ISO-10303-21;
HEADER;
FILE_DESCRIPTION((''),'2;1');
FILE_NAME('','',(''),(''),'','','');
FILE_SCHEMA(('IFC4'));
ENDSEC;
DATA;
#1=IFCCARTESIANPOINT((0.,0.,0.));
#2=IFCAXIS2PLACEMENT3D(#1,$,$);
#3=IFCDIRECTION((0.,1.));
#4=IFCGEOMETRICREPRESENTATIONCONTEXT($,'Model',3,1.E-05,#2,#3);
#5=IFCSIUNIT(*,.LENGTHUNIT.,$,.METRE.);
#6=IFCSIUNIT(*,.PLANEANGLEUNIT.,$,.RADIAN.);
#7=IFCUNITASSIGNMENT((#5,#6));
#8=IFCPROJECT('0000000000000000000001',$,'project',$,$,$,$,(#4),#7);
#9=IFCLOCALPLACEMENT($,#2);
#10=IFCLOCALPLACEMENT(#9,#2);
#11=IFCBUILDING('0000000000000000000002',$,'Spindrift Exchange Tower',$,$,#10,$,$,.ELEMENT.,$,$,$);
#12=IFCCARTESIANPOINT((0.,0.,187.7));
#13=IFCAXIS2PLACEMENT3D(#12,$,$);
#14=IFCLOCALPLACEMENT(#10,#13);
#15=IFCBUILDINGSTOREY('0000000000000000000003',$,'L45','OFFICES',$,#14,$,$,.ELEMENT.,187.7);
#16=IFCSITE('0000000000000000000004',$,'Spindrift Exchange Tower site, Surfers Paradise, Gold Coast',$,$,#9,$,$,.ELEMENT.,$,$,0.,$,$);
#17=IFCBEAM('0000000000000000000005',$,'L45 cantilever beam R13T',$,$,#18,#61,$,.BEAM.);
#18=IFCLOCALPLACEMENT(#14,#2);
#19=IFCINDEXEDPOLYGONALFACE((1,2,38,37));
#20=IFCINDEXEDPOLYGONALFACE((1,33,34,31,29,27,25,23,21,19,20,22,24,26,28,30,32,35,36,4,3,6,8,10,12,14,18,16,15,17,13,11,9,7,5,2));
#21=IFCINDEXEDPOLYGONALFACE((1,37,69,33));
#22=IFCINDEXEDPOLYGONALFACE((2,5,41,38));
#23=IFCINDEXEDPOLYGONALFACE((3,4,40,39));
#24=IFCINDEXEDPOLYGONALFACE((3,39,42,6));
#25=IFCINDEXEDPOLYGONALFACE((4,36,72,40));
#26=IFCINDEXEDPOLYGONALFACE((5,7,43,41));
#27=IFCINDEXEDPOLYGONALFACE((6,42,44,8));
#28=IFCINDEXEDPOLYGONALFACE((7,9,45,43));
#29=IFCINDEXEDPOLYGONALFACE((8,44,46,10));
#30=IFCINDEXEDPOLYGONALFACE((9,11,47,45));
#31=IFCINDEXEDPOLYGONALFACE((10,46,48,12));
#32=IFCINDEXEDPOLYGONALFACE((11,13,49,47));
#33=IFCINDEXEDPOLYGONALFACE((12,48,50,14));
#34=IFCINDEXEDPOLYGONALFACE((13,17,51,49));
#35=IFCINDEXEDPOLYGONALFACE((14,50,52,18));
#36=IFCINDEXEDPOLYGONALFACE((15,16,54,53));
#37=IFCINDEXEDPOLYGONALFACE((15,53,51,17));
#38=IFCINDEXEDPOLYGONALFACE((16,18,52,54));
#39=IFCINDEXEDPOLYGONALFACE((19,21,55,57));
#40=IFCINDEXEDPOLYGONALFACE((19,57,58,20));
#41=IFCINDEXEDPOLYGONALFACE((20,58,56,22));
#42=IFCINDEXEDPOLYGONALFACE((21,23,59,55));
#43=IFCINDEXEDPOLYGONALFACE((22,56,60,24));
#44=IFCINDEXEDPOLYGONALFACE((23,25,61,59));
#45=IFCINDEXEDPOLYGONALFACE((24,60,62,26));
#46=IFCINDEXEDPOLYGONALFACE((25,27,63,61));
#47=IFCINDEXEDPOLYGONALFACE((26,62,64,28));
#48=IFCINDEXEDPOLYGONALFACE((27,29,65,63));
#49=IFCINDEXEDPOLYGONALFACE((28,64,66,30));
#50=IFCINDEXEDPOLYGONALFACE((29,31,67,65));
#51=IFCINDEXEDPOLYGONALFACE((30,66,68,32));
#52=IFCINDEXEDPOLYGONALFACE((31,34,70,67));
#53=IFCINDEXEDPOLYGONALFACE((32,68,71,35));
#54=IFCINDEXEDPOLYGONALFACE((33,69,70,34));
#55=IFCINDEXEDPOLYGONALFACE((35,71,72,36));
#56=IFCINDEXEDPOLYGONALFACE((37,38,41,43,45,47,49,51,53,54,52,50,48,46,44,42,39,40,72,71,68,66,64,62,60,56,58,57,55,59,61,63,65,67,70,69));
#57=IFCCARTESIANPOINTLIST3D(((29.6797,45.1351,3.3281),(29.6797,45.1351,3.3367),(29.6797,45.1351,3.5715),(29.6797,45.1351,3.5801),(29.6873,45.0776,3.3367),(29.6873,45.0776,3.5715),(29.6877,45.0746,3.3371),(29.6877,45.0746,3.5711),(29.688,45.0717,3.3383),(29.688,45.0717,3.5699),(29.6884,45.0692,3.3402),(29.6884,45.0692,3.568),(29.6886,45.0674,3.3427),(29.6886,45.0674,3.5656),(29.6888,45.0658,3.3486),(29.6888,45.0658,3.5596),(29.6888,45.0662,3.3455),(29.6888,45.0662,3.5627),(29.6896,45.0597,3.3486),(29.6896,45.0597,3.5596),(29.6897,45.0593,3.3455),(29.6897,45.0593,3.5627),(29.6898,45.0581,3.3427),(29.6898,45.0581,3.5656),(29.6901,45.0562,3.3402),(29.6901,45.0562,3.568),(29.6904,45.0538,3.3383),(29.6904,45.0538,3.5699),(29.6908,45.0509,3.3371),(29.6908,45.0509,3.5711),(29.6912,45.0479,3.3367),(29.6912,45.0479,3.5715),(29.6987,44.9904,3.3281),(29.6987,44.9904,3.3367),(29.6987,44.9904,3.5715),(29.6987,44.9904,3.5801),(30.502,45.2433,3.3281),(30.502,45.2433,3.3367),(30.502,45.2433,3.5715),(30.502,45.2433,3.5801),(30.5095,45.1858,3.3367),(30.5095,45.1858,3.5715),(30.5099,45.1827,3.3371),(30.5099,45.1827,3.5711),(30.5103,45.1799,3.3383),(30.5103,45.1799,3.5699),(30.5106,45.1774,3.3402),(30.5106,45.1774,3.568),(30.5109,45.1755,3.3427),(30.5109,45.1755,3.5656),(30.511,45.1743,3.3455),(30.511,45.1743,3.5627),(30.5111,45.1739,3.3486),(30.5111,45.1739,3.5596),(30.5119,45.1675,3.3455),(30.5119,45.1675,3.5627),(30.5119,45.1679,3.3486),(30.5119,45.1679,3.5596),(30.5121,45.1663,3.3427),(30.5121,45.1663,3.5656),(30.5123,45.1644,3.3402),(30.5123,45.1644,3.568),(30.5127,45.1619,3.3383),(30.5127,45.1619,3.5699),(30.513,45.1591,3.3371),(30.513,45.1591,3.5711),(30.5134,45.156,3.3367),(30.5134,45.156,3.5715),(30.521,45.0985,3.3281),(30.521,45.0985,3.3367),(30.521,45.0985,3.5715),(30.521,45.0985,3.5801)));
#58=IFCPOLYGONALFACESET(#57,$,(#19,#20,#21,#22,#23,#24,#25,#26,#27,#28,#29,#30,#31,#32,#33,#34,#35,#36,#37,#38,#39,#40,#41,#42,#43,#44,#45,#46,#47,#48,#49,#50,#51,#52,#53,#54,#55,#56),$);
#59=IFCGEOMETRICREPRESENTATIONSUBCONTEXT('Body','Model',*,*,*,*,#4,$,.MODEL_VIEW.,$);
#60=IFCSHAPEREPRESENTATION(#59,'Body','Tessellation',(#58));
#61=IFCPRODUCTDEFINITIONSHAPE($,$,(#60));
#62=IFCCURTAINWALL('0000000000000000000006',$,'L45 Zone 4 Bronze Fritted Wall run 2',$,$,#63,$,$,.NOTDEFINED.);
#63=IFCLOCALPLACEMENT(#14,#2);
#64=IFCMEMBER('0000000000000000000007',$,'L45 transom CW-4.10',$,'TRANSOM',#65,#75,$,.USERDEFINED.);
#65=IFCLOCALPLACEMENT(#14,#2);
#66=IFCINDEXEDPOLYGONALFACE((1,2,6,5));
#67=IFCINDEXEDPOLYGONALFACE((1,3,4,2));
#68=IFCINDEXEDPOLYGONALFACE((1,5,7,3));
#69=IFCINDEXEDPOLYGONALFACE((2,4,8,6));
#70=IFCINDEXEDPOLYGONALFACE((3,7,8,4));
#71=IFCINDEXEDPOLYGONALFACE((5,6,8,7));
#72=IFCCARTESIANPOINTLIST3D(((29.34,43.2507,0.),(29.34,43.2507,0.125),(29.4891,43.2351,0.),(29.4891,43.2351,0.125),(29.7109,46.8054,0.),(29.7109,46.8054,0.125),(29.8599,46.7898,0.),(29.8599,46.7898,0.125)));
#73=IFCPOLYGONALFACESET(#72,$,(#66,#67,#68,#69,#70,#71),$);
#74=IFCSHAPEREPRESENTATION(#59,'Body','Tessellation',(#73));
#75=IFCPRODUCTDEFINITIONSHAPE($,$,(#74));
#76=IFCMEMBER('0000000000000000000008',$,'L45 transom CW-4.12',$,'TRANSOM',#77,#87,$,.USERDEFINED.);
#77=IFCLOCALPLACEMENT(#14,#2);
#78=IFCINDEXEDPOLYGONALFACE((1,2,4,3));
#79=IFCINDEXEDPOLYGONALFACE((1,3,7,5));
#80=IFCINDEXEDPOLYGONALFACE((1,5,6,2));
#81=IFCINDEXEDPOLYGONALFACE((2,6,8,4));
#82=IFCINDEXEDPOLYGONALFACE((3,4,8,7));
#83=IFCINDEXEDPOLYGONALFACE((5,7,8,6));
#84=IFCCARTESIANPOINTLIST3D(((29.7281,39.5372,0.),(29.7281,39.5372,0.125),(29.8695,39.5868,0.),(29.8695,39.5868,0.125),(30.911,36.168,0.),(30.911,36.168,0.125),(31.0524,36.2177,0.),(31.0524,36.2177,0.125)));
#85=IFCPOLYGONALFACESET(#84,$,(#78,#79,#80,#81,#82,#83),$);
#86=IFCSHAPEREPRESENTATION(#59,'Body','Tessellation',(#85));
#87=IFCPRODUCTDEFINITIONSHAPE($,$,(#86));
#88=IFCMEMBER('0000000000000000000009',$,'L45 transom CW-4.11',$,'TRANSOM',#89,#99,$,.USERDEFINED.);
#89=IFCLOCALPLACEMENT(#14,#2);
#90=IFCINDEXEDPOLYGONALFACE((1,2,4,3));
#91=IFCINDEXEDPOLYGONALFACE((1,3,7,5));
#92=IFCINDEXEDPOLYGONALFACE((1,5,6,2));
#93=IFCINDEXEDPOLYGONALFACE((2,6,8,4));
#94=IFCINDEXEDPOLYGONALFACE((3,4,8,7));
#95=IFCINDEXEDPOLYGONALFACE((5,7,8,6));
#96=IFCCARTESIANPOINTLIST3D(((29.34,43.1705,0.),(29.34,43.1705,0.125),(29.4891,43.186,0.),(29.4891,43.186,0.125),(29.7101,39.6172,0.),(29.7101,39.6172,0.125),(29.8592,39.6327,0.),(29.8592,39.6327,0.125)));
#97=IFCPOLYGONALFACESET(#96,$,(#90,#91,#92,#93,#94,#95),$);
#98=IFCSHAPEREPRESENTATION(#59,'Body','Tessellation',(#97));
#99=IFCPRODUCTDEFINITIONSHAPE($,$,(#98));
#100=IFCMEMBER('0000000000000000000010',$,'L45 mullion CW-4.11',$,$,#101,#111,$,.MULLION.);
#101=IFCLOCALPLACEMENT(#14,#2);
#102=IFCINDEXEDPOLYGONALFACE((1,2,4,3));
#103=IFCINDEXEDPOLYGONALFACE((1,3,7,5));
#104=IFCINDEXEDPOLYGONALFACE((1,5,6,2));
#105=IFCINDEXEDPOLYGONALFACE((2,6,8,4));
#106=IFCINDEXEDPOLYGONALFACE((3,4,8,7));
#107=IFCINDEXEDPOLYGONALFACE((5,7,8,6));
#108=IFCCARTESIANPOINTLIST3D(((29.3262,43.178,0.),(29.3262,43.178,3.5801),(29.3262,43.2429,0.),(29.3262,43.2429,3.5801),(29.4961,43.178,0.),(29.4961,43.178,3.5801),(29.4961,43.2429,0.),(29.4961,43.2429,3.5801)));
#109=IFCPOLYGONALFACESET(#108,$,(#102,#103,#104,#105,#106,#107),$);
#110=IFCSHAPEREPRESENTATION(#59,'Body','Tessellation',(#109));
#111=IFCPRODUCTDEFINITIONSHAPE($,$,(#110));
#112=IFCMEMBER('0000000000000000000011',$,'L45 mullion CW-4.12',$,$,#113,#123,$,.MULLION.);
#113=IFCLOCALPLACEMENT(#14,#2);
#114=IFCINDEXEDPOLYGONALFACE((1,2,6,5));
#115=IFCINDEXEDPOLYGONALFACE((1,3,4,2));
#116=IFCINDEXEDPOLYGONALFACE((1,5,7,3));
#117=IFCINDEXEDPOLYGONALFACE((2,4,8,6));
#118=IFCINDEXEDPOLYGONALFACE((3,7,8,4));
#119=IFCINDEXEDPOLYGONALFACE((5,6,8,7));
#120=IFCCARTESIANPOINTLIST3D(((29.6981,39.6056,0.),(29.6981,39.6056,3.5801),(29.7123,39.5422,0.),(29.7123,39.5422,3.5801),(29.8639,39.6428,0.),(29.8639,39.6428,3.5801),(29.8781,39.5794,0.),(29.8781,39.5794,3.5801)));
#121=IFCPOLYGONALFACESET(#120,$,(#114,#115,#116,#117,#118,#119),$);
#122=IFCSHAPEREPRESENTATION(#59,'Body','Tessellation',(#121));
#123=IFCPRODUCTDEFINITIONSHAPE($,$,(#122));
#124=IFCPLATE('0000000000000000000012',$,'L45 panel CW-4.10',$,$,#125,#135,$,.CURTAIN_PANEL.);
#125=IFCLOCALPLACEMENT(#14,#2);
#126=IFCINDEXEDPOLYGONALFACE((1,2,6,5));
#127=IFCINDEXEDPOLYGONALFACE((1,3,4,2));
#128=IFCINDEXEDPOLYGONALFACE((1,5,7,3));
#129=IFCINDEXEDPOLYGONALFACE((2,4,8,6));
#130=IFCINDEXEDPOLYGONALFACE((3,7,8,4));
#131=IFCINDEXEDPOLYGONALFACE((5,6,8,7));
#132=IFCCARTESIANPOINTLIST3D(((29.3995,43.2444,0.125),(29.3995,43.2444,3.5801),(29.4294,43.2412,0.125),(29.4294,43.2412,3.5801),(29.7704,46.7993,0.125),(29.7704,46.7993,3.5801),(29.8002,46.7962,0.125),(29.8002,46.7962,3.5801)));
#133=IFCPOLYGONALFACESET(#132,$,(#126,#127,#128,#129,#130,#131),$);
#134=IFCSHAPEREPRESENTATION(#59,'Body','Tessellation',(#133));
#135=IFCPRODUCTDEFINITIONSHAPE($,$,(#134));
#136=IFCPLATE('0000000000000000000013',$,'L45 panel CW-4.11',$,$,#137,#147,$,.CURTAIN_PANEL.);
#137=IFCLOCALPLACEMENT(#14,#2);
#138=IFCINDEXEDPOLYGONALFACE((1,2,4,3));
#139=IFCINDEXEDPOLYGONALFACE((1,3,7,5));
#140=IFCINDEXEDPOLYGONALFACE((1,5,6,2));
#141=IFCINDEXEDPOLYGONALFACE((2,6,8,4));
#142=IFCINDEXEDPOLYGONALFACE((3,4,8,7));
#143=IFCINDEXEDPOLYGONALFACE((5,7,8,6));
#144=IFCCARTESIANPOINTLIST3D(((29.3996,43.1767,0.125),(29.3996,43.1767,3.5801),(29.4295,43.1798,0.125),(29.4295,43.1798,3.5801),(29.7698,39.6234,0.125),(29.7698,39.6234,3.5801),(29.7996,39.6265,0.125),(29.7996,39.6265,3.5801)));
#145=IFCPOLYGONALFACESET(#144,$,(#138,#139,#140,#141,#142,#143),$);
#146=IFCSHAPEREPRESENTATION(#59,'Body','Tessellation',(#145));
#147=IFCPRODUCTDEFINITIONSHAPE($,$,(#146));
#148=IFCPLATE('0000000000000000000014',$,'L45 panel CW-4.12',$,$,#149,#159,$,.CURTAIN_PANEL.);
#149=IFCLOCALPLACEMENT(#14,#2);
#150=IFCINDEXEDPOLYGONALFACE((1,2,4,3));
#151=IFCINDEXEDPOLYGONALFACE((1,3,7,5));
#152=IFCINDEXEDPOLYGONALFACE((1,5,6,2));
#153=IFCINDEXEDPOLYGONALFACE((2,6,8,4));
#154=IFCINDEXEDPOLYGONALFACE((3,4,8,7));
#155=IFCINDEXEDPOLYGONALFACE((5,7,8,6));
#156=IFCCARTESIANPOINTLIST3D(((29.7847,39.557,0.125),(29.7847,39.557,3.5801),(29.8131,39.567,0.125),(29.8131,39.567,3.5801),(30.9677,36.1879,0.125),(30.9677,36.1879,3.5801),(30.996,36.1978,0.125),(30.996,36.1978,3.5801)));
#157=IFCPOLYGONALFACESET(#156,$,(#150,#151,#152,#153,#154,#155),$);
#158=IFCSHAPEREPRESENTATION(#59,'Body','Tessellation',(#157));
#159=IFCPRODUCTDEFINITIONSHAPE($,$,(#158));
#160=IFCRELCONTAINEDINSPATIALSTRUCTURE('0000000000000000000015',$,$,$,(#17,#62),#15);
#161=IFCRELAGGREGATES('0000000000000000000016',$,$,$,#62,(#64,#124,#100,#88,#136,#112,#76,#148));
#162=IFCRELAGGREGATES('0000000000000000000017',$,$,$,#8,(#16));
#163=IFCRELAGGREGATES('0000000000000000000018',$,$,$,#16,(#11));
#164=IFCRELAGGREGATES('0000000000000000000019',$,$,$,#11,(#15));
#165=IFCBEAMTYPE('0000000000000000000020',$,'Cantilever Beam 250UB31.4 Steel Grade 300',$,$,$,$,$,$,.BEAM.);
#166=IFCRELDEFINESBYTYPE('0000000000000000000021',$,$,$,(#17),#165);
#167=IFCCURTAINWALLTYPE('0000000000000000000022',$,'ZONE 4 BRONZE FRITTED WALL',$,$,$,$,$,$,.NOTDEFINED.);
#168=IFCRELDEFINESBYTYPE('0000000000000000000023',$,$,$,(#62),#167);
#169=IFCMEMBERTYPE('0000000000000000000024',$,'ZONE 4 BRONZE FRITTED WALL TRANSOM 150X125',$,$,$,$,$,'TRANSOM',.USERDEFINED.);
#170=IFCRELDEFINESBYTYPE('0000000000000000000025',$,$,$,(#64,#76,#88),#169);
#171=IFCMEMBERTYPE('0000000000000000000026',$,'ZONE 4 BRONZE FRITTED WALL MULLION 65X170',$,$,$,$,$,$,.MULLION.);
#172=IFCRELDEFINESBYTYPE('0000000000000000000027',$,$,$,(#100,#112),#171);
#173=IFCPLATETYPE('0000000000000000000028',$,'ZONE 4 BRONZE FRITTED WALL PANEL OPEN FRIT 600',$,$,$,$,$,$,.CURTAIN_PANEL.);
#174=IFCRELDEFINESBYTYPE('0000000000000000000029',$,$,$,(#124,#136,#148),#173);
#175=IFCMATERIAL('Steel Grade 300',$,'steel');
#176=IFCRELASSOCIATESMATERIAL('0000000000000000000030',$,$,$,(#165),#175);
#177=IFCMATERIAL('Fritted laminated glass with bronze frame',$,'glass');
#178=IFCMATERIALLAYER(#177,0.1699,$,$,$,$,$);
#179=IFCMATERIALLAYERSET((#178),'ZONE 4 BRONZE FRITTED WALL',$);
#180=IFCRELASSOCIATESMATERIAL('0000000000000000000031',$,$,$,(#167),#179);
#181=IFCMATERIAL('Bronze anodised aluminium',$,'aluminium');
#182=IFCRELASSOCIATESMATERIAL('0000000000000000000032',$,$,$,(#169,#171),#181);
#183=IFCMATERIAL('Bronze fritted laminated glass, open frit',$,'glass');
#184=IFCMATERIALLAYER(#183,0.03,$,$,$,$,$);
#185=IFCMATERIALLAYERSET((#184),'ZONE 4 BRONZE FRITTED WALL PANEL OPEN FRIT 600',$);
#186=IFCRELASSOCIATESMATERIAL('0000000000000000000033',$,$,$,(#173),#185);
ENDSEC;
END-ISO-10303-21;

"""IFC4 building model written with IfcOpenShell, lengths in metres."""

from ifc_helpers import new_model, si_unit, direction, frame, origin, origin_2d, place, context, subcontext, project, spatial, rectangle, i_section, extrude, source, transform, mapped, material, layer, layer_set, material_profile, profile_set, type_object, element, aggregate, save


model = new_model("IFC4")

# Units and contexts
model_context = context("Model", 3, precision=1e-05, world=origin(), true_north=direction((0.0, 1.0)))
body_context = subcontext(model_context, "Body", "Model", "MODEL_VIEW")
ifc_project = project(units=[si_unit("LENGTHUNIT", "METRE"), si_unit("PLANEANGLEUNIT", "RADIAN")], contexts=[model_context])

# Site, building, storey
site_placement = place(None, origin())
site = spatial("IfcSite", under=ifc_project, at=site_placement, Name="Spindrift Exchange Tower site, Surfers Paradise, Gold Coast", CompositionType="ELEMENT", RefElevation=0.0)
building_placement = place(site_placement, origin())
building = spatial("IfcBuilding", under=site, at=building_placement, Name="Spindrift Exchange Tower", CompositionType="ELEMENT")
storey_placement = place(building_placement, frame((0.0, 0.0, 187.7)))
storey = spatial("IfcBuildingStorey", under=building, at=storey_placement, Name="L45", Description="OFFICES", CompositionType="ELEMENT", Elevation=187.7)

# Beam
ifc_material_1 = material(Name="Steel Grade 300", Category="steel")
ifc_material_profile_1 = material_profile(ifc_material_1, i_section(OverallWidth=0.146, OverallDepth=0.252, WebThickness=0.0061, FlangeThickness=0.0085, FilletRadius=0.012, at=origin_2d()), Name="250UB31.4")
ifc_profile_set_1 = profile_set([ifc_material_profile_1], Name="Steel Grade 300")
beam_type_1 = type_object("IfcBeamType", Name="Cantilever Beam 250UB31.4 Steel Grade 300", PredefinedType="BEAM", material=ifc_profile_set_1)
shared_shape_1 = source(origin(), body_context, "Body", "SweptSolid", [
    extrude(i_section(OverallWidth=0.146, OverallDepth=0.252, WebThickness=0.0061, FlangeThickness=0.0085, FilletRadius=0.012, at=origin_2d()), origin(), (0.0, 0.0, 1.0), 0.8293),
])
beam_1_placement = place(storey_placement, frame((30.5115, 45.1709, 3.4541), z_axis=(-0.99146, -0.130409, 0.0), x_axis=(0.130409, -0.99146, 0.0)))
element("IfcBeam", 1, at=beam_1_placement, inside=storey, type_object=beam_type_1, Name="L45 cantilever beam R13T", PredefinedType="BEAM", context=body_context, shape_type="MappedRepresentation", body=[
    mapped(shared_shape_1, transform((0.0, 0.0, 0.0), scale=1.0)),
])

# Curtain wall, members, plates
ifc_material_2 = material(Name="Fritted laminated glass with bronze frame", Category="glass")
ifc_layer_1 = layer(ifc_material_2, 0.1699)
ifc_layer_set_1 = layer_set([ifc_layer_1], Name="ZONE 4 BRONZE FRITTED WALL")
curtain_wall_type = type_object("IfcCurtainWallType", Name="ZONE 4 BRONZE FRITTED WALL", PredefinedType="NOTDEFINED", material=ifc_layer_set_1)
curtain_wall_placement = place(storey_placement, origin())
curtain_wall = element("IfcCurtainWall", 2, at=curtain_wall_placement, inside=storey, type_object=curtain_wall_type, Name="L45 Zone 4 Bronze Fritted Wall run 2", PredefinedType="NOTDEFINED")
ifc_material_3 = material(Name="Bronze anodised aluminium", Category="aluminium")
ifc_material_profile_2 = material_profile(ifc_material_3, rectangle(XDim=0.1499, YDim=0.125, at=origin_2d()), Name="ZONE 4 BRONZE FRITTED WALL TRANSOM 150X125")
ifc_profile_set_2 = profile_set([ifc_material_profile_2], Name="Bronze anodised aluminium")
member_type_1 = type_object("IfcMemberType", Name="ZONE 4 BRONZE FRITTED WALL TRANSOM 150X125", ElementType="TRANSOM", PredefinedType="USERDEFINED", material=ifc_profile_set_2)
shared_shape_2 = source(origin(), body_context, "Body", "SweptSolid", [
    extrude(rectangle(XDim=0.1499, YDim=0.125, at=origin_2d()), origin(), (0.0, 0.0, 1.0), 3.574),
])
member_1_placement = place(storey_placement, frame((29.7854, 46.7976, 0.0625), z_axis=(-0.103764, -0.994602, 0.0), x_axis=(0.994602, -0.103764, 0.0)))
member_1 = element("IfcMember", 3, at=member_1_placement, type_object=member_type_1, Name="L45 transom CW-4.10", ObjectType="TRANSOM", PredefinedType="USERDEFINED", context=body_context, shape_type="MappedRepresentation", body=[
    mapped(shared_shape_2, transform((0.0, 0.0, 0.0), scale=1.0)),
])
shared_shape_3 = source(origin(), body_context, "Body", "SweptSolid", [
    extrude(rectangle(XDim=0.1499, YDim=0.125, at=origin_2d()), origin(), (0.0, 0.0, 1.0), 3.5708),
])
member_2_placement = place(storey_placement, frame((29.7988, 39.562, 0.0625), z_axis=(0.331264, -0.943538, 0.0), x_axis=(0.943538, 0.331264, 0.0)))
member_2 = element("IfcMember", 4, at=member_2_placement, type_object=member_type_1, Name="L45 transom CW-4.12", ObjectType="TRANSOM", PredefinedType="USERDEFINED", context=body_context, shape_type="MappedRepresentation", body=[
    mapped(shared_shape_3, transform((0.0, 0.0, 0.0), scale=1.0)),
])
shared_shape_4 = source(origin(), body_context, "Body", "SweptSolid", [
    extrude(rectangle(XDim=0.1499, YDim=0.125, at=origin_2d()), origin(), (0.0, 0.0, 1.0), 3.5725),
])
member_3_placement = place(storey_placement, frame((29.4146, 43.1782, 0.0625), z_axis=(0.103603, -0.994619, 0.0), x_axis=(0.994619, 0.103603, 0.0)))
member_3 = element("IfcMember", 5, at=member_3_placement, type_object=member_type_1, Name="L45 transom CW-4.11", ObjectType="TRANSOM", PredefinedType="USERDEFINED", context=body_context, shape_type="MappedRepresentation", body=[
    mapped(shared_shape_4, transform((0.0, 0.0, 0.0), scale=1.0)),
])
ifc_material_profile_3 = material_profile(ifc_material_3, rectangle(XDim=0.0649, YDim=0.1699, at=origin_2d()), Name="ZONE 4 BRONZE FRITTED WALL MULLION 65X170")
ifc_profile_set_3 = profile_set([ifc_material_profile_3], Name="Bronze anodised aluminium")
member_type_2 = type_object("IfcMemberType", Name="ZONE 4 BRONZE FRITTED WALL MULLION 65X170", PredefinedType="MULLION", material=ifc_profile_set_3)
shared_shape_5 = source(origin(), body_context, "Body", "SweptSolid", [
    extrude(rectangle(XDim=0.0649, YDim=0.1699, at=origin_2d()), origin(), (0.0, 0.0, 1.0), 3.5801),
])
member_4_placement = place(storey_placement, frame((29.4111, 43.2104, 0.0), z_axis=(0.0, 0.0, 1.0), x_axis=(-0.000073, -1.0, 0.0)))
member_4 = element("IfcMember", 6, at=member_4_placement, type_object=member_type_2, Name="L45 mullion CW-4.11", PredefinedType="MULLION", context=body_context, shape_type="MappedRepresentation", body=[
    mapped(shared_shape_5, transform((0.0, 0.0, 0.0), scale=1.0)),
])
member_5_placement = place(storey_placement, frame((29.7881, 39.5925, 0.0), z_axis=(0.0, 0.0, 1.0), x_axis=(0.218951, -0.975736, 0.0)))
member_5 = element("IfcMember", 7, at=member_5_placement, type_object=member_type_2, Name="L45 mullion CW-4.12", PredefinedType="MULLION", context=body_context, shape_type="MappedRepresentation", body=[
    mapped(shared_shape_5, transform((0.0, 0.0, 0.0), scale=1.0)),
])
ifc_material_4 = material(Name="Bronze fritted laminated glass, open frit", Category="glass")
ifc_layer_2 = layer(ifc_material_4, 0.03)
ifc_layer_set_2 = layer_set([ifc_layer_2], Name="ZONE 4 BRONZE FRITTED WALL PANEL OPEN FRIT 600")
plate_type = type_object("IfcPlateType", Name="ZONE 4 BRONZE FRITTED WALL PANEL OPEN FRIT 600", PredefinedType="CURTAIN_PANEL", material=ifc_layer_set_2)
shared_shape_6 = source(origin(), body_context, "Body", "SweptSolid", [
    extrude(rectangle(XDim=3.5742, YDim=0.03, at=origin_2d()), origin(), (0.0, 0.0, 1.0), 3.4551),
])
plate_1_placement = place(storey_placement, frame((29.5999, 45.0203, 0.125), z_axis=(0.0, 0.0, 1.0), x_axis=(-0.103761, -0.994602, 0.0)))
plate_1 = element("IfcPlate", 8, at=plate_1_placement, type_object=plate_type, Name="L45 panel CW-4.10", PredefinedType="CURTAIN_PANEL", context=body_context, shape_type="MappedRepresentation", body=[
    mapped(shared_shape_6, transform((0.0, 0.0, 0.0), scale=1.0)),
])
shared_shape_7 = source(origin(), body_context, "Body", "SweptSolid", [
    extrude(rectangle(XDim=3.5725, YDim=0.03, at=origin_2d()), origin(), (0.0, 0.0, 1.0), 3.4551),
])
plate_2_placement = place(storey_placement, frame((29.5996, 41.4016, 0.125), z_axis=(0.0, 0.0, 1.0), x_axis=(0.103615, -0.994617, 0.0)))
plate_2 = element("IfcPlate", 9, at=plate_2_placement, type_object=plate_type, Name="L45 panel CW-4.11", PredefinedType="CURTAIN_PANEL", context=body_context, shape_type="MappedRepresentation", body=[
    mapped(shared_shape_7, transform((0.0, 0.0, 0.0), scale=1.0)),
])
shared_shape_8 = source(origin(), body_context, "Body", "SweptSolid", [
    extrude(rectangle(XDim=3.5708, YDim=0.03, at=origin_2d()), origin(), (0.0, 0.0, 1.0), 3.4551),
])
plate_3_placement = place(storey_placement, frame((30.3904, 37.8774, 0.125), z_axis=(0.0, 0.0, 1.0), x_axis=(0.331297, -0.943527, 0.0)))
plate_3 = element("IfcPlate", 10, at=plate_3_placement, type_object=plate_type, Name="L45 panel CW-4.12", PredefinedType="CURTAIN_PANEL", context=body_context, shape_type="MappedRepresentation", body=[
    mapped(shared_shape_8, transform((0.0, 0.0, 0.0), scale=1.0)),
])
aggregate(curtain_wall, [member_1, plate_1, member_4, member_3, plate_2, member_5, member_2, plate_3])

save(model, "model.ifc")
